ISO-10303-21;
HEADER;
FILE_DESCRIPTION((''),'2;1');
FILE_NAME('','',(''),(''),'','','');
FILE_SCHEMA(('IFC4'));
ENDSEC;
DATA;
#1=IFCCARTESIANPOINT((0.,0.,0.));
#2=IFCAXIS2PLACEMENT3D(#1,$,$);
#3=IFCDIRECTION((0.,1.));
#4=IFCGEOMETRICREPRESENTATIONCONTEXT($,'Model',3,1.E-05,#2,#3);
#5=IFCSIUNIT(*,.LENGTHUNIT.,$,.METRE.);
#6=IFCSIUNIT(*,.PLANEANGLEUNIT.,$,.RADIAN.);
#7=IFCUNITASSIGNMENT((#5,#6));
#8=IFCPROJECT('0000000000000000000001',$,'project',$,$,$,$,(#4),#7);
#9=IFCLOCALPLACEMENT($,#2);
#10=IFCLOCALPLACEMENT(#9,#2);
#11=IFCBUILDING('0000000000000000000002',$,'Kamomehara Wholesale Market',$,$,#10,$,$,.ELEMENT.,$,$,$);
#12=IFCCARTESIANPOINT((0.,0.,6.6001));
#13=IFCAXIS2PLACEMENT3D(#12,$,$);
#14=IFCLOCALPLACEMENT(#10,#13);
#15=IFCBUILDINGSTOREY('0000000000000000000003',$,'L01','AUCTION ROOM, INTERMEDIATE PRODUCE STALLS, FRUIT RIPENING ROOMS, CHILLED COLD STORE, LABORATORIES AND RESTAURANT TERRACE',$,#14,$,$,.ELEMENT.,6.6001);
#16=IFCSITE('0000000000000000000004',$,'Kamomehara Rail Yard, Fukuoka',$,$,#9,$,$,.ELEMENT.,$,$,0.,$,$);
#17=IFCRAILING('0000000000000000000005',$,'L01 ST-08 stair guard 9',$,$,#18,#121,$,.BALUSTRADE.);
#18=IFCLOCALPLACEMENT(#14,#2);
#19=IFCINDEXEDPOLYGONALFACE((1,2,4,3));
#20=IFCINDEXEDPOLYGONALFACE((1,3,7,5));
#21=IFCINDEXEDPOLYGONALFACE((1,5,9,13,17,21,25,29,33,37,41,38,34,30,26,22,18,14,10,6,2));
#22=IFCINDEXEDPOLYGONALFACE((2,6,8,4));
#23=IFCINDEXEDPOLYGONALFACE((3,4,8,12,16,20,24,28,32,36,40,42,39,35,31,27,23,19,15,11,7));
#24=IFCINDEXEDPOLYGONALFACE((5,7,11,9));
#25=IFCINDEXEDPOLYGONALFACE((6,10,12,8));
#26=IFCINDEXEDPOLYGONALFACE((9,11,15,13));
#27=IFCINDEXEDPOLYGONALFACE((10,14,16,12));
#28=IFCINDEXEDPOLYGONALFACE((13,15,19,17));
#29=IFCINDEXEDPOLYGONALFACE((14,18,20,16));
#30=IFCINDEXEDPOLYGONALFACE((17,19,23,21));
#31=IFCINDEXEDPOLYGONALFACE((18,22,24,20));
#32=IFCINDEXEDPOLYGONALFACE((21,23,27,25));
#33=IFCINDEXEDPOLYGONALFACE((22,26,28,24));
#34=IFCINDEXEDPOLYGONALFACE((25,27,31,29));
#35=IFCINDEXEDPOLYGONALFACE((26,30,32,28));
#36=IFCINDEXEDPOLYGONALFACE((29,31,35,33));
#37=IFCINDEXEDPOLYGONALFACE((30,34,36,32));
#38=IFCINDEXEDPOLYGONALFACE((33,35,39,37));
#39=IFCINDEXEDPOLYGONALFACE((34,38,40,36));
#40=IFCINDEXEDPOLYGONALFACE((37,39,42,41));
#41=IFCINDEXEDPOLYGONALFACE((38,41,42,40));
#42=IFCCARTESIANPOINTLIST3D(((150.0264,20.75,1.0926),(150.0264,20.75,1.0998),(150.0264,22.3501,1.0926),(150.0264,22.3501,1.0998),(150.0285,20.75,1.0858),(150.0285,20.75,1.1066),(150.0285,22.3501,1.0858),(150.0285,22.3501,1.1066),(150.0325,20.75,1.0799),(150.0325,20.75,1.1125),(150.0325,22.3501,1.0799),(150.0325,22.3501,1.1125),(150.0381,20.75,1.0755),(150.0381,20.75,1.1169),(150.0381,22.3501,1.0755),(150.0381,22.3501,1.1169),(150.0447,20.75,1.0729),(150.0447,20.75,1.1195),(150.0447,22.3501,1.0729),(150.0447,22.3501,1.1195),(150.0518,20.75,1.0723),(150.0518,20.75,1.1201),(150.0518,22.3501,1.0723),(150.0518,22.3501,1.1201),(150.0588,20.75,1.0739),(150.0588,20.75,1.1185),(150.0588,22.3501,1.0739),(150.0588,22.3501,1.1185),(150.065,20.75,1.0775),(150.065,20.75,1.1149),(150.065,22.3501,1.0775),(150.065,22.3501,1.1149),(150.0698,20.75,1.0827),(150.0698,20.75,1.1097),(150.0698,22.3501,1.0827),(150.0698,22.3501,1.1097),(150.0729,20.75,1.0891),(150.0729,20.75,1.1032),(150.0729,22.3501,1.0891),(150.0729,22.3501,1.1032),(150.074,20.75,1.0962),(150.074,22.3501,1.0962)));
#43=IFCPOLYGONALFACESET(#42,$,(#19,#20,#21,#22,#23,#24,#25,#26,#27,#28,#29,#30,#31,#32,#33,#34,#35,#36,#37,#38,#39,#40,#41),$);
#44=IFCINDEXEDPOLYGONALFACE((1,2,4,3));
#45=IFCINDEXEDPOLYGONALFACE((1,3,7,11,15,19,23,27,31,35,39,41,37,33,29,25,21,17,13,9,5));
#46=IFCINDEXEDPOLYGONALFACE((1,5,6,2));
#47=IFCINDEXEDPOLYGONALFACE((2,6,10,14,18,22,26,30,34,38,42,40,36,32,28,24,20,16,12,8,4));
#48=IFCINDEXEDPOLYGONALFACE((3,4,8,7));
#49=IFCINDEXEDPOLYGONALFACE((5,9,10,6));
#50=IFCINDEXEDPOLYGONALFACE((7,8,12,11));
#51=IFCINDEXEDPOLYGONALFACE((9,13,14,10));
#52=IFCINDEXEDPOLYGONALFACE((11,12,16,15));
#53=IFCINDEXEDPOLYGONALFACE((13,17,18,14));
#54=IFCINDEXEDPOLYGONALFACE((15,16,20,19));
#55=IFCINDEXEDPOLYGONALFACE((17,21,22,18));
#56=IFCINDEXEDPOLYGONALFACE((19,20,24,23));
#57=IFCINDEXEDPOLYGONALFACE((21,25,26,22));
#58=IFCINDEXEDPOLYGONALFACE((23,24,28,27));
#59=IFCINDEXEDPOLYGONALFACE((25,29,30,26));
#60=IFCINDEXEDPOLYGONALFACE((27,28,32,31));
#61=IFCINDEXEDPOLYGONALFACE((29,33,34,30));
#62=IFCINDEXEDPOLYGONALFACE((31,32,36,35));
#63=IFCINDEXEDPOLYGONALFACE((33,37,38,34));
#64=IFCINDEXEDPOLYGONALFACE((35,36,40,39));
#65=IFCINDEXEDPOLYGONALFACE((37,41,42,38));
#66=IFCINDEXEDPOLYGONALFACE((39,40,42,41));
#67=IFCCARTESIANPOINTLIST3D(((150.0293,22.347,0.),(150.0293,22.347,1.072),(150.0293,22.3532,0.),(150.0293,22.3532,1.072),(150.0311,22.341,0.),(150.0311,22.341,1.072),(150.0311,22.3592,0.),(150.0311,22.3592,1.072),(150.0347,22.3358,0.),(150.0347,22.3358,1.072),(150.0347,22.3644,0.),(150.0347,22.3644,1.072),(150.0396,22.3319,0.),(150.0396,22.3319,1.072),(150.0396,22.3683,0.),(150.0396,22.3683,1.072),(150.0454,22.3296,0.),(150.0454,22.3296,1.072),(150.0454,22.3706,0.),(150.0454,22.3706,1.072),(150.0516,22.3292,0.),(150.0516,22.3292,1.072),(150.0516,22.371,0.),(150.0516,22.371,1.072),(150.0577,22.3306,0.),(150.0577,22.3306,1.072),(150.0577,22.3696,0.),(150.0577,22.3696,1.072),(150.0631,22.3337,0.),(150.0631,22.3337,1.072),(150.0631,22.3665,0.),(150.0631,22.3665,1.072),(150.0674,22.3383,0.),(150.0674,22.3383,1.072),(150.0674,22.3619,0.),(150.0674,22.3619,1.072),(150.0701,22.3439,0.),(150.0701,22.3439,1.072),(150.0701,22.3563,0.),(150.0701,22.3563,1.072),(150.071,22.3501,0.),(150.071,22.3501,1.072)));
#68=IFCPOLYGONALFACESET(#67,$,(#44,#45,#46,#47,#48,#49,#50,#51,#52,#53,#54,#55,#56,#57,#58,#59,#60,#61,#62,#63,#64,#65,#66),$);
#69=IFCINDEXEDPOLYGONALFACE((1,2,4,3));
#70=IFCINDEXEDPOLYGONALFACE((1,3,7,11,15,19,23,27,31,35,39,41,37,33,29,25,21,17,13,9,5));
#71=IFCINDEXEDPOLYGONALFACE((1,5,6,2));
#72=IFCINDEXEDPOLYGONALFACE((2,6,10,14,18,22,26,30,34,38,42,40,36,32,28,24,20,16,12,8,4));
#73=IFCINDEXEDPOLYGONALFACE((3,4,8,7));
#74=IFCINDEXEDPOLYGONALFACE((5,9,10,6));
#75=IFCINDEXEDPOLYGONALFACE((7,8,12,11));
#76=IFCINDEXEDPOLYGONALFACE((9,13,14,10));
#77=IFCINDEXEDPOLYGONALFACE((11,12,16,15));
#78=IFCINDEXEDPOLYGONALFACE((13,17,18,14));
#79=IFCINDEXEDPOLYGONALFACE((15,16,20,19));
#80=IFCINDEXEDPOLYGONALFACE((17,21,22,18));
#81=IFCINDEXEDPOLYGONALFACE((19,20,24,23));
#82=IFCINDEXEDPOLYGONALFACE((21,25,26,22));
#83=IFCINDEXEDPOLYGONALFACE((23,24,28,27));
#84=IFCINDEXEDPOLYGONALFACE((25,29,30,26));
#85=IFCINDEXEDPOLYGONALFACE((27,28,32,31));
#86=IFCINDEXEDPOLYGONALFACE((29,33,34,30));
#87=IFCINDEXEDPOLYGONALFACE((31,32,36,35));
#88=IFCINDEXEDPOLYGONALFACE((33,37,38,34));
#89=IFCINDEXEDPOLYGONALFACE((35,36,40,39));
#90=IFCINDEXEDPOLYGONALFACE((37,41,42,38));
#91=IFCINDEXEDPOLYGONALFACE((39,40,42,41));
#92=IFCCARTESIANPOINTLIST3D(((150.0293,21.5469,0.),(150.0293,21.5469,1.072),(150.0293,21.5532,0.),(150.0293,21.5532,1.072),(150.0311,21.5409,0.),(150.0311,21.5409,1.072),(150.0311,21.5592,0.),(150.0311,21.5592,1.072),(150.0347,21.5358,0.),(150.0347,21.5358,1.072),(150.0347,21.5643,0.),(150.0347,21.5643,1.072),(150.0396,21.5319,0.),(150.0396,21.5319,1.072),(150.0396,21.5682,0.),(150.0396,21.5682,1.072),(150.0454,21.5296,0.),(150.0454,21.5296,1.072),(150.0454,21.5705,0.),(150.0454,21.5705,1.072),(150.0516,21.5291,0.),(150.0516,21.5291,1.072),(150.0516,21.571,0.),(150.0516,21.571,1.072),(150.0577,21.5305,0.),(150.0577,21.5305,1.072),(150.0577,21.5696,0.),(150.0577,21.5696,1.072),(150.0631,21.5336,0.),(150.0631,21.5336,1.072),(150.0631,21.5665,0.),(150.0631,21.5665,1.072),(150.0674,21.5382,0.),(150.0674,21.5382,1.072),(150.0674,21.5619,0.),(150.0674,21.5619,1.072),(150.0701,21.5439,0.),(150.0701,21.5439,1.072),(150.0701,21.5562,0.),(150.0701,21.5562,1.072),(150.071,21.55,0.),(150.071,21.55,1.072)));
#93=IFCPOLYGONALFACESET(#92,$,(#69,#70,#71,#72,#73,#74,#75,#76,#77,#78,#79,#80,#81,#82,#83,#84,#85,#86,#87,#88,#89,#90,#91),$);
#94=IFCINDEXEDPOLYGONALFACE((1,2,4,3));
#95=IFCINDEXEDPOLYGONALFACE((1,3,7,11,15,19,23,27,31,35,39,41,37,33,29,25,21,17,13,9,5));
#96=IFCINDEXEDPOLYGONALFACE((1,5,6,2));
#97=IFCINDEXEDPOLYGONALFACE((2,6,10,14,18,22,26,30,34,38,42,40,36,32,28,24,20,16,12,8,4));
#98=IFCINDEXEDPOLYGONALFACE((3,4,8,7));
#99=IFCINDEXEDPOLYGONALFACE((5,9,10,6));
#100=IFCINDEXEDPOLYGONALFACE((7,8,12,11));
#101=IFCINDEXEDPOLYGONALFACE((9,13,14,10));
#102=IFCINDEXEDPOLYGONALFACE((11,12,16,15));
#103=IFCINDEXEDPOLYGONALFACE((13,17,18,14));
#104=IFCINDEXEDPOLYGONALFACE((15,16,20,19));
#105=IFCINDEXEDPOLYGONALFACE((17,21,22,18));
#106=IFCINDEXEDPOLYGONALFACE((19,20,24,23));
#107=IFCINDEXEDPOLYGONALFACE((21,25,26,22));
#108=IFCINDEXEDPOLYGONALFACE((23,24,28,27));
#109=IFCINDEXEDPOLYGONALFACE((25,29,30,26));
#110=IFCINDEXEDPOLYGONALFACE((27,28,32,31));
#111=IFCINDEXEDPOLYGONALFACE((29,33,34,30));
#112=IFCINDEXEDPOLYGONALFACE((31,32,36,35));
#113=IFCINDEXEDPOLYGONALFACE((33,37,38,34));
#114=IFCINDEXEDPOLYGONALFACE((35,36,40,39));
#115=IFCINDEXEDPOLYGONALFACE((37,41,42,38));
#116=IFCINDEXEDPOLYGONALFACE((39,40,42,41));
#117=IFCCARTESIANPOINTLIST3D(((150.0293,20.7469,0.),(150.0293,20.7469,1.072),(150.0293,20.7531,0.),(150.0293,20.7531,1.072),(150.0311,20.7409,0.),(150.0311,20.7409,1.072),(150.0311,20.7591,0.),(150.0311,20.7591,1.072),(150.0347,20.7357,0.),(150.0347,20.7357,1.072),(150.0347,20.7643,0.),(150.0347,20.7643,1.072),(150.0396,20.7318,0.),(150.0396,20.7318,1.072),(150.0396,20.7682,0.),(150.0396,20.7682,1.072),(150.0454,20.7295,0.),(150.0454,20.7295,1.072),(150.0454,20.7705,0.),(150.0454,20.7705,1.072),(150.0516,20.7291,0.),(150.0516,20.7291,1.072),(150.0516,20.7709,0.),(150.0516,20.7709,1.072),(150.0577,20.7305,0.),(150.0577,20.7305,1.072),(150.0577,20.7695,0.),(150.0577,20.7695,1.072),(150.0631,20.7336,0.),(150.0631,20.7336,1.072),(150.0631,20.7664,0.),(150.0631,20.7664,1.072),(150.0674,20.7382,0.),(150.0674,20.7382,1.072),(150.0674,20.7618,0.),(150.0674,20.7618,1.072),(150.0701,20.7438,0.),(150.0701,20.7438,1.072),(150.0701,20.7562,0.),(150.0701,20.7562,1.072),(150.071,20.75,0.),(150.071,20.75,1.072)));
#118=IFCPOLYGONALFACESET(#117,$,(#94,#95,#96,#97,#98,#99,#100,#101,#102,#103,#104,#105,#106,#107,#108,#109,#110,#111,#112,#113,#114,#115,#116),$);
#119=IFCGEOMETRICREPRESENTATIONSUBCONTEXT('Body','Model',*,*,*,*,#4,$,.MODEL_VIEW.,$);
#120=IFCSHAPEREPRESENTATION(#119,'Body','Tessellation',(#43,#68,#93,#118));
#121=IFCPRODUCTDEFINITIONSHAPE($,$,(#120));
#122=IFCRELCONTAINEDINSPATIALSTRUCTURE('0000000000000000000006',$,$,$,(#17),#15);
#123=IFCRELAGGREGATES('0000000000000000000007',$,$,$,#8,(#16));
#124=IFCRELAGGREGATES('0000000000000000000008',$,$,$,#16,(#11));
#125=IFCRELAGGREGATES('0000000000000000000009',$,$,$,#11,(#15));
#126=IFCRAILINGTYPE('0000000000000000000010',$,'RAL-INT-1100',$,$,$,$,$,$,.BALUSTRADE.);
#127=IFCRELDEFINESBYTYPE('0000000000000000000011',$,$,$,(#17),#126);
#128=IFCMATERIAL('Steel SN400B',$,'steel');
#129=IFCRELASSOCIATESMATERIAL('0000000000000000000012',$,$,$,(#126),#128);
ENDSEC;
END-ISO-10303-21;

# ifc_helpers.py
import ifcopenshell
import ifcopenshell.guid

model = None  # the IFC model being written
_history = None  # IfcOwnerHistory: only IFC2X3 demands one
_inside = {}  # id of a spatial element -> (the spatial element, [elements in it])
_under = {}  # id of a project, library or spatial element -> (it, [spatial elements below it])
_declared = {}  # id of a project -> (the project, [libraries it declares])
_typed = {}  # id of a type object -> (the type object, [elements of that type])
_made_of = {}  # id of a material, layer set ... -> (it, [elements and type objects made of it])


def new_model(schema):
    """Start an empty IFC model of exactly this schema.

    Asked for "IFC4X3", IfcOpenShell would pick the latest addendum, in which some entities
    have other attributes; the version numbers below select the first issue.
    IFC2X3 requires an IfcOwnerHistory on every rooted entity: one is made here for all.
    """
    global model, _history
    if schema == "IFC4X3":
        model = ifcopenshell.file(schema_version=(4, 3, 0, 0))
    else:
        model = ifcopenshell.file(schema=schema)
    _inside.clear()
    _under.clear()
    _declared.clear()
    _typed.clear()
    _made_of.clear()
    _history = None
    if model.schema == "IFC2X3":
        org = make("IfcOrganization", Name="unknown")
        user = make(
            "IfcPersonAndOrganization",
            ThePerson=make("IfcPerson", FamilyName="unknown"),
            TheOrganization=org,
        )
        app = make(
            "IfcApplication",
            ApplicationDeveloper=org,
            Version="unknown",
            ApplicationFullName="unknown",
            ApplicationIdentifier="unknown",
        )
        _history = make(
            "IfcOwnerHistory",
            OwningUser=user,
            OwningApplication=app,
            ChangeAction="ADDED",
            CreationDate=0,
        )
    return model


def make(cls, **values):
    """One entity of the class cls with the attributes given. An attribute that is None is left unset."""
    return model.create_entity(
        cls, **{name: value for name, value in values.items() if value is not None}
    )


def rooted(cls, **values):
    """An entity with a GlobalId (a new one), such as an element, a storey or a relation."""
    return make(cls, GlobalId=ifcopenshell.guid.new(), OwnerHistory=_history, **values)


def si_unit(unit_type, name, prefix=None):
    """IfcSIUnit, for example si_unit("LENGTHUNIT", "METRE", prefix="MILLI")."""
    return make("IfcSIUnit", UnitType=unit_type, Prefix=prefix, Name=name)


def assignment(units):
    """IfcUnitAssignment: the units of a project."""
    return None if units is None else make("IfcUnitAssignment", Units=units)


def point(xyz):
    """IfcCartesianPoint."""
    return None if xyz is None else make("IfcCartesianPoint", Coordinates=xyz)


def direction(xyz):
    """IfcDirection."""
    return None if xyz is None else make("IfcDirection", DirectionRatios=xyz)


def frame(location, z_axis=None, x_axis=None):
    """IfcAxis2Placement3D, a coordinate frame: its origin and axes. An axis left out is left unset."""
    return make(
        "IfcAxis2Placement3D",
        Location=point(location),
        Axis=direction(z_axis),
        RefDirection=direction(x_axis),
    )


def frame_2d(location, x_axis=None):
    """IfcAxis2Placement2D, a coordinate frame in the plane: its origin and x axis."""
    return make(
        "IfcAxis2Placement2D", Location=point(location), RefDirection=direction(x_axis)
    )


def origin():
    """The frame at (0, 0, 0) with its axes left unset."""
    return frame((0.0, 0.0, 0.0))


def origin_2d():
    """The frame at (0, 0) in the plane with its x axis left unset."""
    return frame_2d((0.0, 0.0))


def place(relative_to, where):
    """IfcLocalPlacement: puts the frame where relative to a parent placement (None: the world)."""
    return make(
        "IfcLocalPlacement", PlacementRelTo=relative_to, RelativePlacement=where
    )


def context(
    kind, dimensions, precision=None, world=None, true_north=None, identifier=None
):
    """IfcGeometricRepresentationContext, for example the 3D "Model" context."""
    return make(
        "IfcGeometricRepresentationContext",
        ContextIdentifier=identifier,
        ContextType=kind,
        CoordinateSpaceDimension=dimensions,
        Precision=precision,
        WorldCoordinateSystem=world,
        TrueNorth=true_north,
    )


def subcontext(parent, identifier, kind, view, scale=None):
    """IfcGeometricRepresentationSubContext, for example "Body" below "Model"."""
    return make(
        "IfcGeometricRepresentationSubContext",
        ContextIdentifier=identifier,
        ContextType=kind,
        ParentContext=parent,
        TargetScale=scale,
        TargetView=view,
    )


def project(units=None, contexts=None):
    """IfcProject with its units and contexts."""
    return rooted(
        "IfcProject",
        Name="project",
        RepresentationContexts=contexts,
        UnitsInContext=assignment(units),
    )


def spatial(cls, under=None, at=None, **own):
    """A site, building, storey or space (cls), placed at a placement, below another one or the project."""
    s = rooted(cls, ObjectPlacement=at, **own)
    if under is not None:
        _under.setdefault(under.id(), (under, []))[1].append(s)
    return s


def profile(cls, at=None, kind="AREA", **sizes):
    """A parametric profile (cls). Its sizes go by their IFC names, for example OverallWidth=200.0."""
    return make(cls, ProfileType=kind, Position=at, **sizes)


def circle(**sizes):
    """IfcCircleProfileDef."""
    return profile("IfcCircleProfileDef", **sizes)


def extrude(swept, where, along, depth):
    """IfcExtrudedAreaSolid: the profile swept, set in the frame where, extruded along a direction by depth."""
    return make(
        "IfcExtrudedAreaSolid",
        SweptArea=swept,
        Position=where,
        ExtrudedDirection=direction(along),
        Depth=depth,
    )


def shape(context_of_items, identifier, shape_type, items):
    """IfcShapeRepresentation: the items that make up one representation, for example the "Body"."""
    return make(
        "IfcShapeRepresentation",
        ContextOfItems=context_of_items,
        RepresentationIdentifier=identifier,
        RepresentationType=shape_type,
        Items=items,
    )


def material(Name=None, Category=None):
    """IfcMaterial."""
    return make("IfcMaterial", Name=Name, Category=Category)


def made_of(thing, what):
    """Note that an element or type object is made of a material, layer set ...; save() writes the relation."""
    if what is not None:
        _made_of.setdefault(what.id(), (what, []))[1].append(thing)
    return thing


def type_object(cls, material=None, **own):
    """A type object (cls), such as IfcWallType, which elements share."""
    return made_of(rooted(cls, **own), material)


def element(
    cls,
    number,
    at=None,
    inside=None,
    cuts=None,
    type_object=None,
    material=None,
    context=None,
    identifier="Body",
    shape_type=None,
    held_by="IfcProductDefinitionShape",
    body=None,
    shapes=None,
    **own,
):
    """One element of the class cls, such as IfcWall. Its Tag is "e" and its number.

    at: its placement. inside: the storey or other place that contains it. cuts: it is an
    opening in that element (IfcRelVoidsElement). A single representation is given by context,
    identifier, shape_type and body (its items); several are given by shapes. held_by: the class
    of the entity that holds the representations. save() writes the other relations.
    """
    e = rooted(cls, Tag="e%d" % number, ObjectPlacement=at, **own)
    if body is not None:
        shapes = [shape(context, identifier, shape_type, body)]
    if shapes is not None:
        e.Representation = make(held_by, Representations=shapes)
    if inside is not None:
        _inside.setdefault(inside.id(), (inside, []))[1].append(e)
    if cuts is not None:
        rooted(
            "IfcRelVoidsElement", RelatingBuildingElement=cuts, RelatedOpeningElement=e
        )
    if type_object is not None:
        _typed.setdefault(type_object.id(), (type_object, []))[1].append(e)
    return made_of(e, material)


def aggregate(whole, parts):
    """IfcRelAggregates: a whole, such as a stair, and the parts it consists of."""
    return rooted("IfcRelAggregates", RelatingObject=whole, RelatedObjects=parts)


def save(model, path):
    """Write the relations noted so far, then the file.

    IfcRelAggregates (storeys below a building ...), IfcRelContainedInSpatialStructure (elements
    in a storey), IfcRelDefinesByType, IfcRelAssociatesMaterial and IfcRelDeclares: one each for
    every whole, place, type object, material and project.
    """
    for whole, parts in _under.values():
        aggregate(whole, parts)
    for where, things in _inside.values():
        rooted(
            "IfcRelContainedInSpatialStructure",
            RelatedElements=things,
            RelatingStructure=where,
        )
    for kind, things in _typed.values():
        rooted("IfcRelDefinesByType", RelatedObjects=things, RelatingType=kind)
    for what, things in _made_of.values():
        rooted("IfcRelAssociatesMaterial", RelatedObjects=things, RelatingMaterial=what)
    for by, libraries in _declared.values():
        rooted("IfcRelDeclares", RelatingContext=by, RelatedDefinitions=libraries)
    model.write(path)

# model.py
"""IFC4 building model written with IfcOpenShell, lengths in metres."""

from ifc_helpers import new_model, si_unit, direction, frame, origin, origin_2d, place, context, subcontext, project, spatial, circle, extrude, material, type_object, element, save


model = new_model("IFC4")

# Units and contexts
model_context = context("Model", 3, precision=1e-05, world=origin(), true_north=direction((0.0, 1.0)))
body_context = subcontext(model_context, "Body", "Model", "MODEL_VIEW")
ifc_project = project(units=[si_unit("LENGTHUNIT", "METRE"), si_unit("PLANEANGLEUNIT", "RADIAN")], contexts=[model_context])

# Site, building, storey
site_placement = place(None, origin())
site = spatial("IfcSite", under=ifc_project, at=site_placement, Name="Kamomehara Rail Yard, Fukuoka", CompositionType="ELEMENT", RefElevation=0.0)
building_placement = place(site_placement, origin())
building = spatial("IfcBuilding", under=site, at=building_placement, Name="Kamomehara Wholesale Market", CompositionType="ELEMENT")
storey_placement = place(building_placement, frame((0.0, 0.0, 6.6001)))
storey = spatial("IfcBuildingStorey", under=building, at=storey_placement, Name="L01", Description="AUCTION ROOM, INTERMEDIATE PRODUCE STALLS, FRUIT RIPENING ROOMS, CHILLED COLD STORE, LABORATORIES AND RESTAURANT TERRACE", CompositionType="ELEMENT", Elevation=6.6001)

# Railing
ifc_material_1 = material(Name="Steel SN400B", Category="steel")
railing_type_1 = type_object("IfcRailingType", Name="RAL-INT-1100", PredefinedType="BALUSTRADE", material=ifc_material_1)
railing_1_placement = place(storey_placement, frame((150.05, 22.3501, 0.0)))
element("IfcRailing", 1, at=railing_1_placement, inside=storey, type_object=railing_type_1, Name="L01 ST-08 stair guard 9", PredefinedType="BALUSTRADE", context=body_context, shape_type="SweptSolid", body=[
    extrude(circle(Radius=0.0239, at=origin_2d()), frame((0.0, 0.0, 1.0962), z_axis=(0.0, -1.0, 0.0), x_axis=(1.0, 0.0, 0.0)), (0.0, 0.0, 1.0), 1.6001),
    extrude(circle(Radius=0.021, at=origin_2d()), origin(), (0.0, 0.0, 1.0), 1.072),
    extrude(circle(Radius=0.021, at=origin_2d()), frame((0.0, -0.8, 0.0)), (0.0, 0.0, 1.0), 1.072),
    extrude(circle(Radius=0.021, at=origin_2d()), frame((0.0, -1.6001, 0.0)), (0.0, 0.0, 1.0), 1.072),
])

save(model, "model.ifc")
